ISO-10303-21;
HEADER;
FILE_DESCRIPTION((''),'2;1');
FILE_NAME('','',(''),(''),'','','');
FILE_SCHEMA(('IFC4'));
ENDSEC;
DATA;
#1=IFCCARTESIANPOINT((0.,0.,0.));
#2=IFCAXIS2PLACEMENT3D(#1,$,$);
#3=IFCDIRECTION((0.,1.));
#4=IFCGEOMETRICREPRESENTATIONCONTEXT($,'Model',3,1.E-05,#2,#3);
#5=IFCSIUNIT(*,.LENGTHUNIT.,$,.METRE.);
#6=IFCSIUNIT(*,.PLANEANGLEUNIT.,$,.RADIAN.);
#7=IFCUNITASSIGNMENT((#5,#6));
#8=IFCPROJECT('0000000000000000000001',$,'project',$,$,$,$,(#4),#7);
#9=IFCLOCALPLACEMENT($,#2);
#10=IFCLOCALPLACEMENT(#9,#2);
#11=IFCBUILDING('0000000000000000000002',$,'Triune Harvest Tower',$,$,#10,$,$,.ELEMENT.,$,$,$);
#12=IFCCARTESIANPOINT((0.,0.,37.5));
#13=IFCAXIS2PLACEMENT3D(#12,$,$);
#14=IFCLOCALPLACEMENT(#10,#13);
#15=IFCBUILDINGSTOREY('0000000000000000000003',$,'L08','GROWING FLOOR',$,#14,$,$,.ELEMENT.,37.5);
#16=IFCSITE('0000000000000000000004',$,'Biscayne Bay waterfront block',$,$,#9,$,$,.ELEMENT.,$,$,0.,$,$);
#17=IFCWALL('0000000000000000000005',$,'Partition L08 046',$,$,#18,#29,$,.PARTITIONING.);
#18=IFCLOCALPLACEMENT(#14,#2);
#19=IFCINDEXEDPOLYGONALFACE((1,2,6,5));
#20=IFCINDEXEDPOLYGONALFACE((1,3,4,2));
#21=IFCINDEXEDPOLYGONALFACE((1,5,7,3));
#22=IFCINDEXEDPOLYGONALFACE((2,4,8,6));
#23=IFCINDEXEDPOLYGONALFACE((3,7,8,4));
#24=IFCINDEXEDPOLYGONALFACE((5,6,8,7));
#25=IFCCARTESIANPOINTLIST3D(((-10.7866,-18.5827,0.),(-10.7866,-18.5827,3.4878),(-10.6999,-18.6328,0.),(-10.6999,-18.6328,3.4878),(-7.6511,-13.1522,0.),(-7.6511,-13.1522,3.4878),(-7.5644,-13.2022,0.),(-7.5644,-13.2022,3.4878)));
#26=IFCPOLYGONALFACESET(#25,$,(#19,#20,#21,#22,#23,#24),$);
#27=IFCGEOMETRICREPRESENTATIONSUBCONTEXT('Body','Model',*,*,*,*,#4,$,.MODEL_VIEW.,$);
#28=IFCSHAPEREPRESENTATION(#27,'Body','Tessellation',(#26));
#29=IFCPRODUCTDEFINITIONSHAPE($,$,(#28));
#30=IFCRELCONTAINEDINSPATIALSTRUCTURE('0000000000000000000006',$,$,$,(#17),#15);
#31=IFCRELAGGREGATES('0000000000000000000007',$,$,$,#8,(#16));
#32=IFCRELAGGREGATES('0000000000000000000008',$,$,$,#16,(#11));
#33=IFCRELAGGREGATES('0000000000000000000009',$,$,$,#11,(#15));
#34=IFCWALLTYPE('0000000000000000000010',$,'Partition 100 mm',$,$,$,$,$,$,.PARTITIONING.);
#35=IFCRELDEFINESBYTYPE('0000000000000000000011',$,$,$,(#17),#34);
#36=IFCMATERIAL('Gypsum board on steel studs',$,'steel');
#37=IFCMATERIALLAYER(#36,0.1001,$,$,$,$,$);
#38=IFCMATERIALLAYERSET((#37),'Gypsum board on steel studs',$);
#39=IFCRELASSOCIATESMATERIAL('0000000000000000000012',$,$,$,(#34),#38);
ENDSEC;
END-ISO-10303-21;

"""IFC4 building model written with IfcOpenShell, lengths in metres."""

from ifc_helpers import new_model, si_unit, direction, frame, frame_2d, origin, place, context, subcontext, project, spatial, rectangle, extrude, source, transform, mapped, material, layer, layer_set, type_object, element, save


model = new_model("IFC4")

# Units and contexts
model_context = context("Model", 3, precision=1e-05, world=origin(), true_north=direction((0.0, 1.0)))
body_context = subcontext(model_context, "Body", "Model", "MODEL_VIEW")
ifc_project = project(units=[si_unit("LENGTHUNIT", "METRE"), si_unit("PLANEANGLEUNIT", "RADIAN")], contexts=[model_context])

# Site, building, storey
site_placement = place(None, origin())
site = spatial("IfcSite", under=ifc_project, at=site_placement, Name="Biscayne Bay waterfront block", CompositionType="ELEMENT", RefElevation=0.0)
building_placement = place(site_placement, origin())
building = spatial("IfcBuilding", under=site, at=building_placement, Name="Triune Harvest Tower", CompositionType="ELEMENT")
storey_placement = place(building_placement, frame((0.0, 0.0, 37.5)))
storey = spatial("IfcBuildingStorey", under=building, at=storey_placement, Name="L08", Description="GROWING FLOOR", CompositionType="ELEMENT", Elevation=37.5)

# Wall
ifc_material_1 = material(Name="Gypsum board on steel studs", Category="steel")
ifc_layer_1 = layer(ifc_material_1, 0.1001)
ifc_layer_set_1 = layer_set([ifc_layer_1], Name="Gypsum board on steel studs")
wall_type = type_object("IfcWallType", Name="Partition 100 mm", PredefinedType="PARTITIONING", material=ifc_layer_set_1)
shared_shape_1 = source(origin(), body_context, "Body", "SweptSolid", [
    extrude(rectangle(XDim=6.2708, YDim=0.1001, at=frame_2d((3.1353, 0.0))), origin(), (0.0, 0.0, 1.0), 3.4878),
])
wall_1_placement = place(storey_placement, frame((-10.7432, -18.6077, 0.0), z_axis=(0.0, 0.0, 1.0), x_axis=(0.500012, 0.866018, 0.0)))
element("IfcWall", 1, at=wall_1_placement, inside=storey, type_object=wall_type, Name="Partition L08 046", PredefinedType="PARTITIONING", context=body_context, shape_type="MappedRepresentation", body=[
    mapped(shared_shape_1, transform((0.0, 0.0, 0.0), scale=1.0)),
])

save(model, "model.ifc")
